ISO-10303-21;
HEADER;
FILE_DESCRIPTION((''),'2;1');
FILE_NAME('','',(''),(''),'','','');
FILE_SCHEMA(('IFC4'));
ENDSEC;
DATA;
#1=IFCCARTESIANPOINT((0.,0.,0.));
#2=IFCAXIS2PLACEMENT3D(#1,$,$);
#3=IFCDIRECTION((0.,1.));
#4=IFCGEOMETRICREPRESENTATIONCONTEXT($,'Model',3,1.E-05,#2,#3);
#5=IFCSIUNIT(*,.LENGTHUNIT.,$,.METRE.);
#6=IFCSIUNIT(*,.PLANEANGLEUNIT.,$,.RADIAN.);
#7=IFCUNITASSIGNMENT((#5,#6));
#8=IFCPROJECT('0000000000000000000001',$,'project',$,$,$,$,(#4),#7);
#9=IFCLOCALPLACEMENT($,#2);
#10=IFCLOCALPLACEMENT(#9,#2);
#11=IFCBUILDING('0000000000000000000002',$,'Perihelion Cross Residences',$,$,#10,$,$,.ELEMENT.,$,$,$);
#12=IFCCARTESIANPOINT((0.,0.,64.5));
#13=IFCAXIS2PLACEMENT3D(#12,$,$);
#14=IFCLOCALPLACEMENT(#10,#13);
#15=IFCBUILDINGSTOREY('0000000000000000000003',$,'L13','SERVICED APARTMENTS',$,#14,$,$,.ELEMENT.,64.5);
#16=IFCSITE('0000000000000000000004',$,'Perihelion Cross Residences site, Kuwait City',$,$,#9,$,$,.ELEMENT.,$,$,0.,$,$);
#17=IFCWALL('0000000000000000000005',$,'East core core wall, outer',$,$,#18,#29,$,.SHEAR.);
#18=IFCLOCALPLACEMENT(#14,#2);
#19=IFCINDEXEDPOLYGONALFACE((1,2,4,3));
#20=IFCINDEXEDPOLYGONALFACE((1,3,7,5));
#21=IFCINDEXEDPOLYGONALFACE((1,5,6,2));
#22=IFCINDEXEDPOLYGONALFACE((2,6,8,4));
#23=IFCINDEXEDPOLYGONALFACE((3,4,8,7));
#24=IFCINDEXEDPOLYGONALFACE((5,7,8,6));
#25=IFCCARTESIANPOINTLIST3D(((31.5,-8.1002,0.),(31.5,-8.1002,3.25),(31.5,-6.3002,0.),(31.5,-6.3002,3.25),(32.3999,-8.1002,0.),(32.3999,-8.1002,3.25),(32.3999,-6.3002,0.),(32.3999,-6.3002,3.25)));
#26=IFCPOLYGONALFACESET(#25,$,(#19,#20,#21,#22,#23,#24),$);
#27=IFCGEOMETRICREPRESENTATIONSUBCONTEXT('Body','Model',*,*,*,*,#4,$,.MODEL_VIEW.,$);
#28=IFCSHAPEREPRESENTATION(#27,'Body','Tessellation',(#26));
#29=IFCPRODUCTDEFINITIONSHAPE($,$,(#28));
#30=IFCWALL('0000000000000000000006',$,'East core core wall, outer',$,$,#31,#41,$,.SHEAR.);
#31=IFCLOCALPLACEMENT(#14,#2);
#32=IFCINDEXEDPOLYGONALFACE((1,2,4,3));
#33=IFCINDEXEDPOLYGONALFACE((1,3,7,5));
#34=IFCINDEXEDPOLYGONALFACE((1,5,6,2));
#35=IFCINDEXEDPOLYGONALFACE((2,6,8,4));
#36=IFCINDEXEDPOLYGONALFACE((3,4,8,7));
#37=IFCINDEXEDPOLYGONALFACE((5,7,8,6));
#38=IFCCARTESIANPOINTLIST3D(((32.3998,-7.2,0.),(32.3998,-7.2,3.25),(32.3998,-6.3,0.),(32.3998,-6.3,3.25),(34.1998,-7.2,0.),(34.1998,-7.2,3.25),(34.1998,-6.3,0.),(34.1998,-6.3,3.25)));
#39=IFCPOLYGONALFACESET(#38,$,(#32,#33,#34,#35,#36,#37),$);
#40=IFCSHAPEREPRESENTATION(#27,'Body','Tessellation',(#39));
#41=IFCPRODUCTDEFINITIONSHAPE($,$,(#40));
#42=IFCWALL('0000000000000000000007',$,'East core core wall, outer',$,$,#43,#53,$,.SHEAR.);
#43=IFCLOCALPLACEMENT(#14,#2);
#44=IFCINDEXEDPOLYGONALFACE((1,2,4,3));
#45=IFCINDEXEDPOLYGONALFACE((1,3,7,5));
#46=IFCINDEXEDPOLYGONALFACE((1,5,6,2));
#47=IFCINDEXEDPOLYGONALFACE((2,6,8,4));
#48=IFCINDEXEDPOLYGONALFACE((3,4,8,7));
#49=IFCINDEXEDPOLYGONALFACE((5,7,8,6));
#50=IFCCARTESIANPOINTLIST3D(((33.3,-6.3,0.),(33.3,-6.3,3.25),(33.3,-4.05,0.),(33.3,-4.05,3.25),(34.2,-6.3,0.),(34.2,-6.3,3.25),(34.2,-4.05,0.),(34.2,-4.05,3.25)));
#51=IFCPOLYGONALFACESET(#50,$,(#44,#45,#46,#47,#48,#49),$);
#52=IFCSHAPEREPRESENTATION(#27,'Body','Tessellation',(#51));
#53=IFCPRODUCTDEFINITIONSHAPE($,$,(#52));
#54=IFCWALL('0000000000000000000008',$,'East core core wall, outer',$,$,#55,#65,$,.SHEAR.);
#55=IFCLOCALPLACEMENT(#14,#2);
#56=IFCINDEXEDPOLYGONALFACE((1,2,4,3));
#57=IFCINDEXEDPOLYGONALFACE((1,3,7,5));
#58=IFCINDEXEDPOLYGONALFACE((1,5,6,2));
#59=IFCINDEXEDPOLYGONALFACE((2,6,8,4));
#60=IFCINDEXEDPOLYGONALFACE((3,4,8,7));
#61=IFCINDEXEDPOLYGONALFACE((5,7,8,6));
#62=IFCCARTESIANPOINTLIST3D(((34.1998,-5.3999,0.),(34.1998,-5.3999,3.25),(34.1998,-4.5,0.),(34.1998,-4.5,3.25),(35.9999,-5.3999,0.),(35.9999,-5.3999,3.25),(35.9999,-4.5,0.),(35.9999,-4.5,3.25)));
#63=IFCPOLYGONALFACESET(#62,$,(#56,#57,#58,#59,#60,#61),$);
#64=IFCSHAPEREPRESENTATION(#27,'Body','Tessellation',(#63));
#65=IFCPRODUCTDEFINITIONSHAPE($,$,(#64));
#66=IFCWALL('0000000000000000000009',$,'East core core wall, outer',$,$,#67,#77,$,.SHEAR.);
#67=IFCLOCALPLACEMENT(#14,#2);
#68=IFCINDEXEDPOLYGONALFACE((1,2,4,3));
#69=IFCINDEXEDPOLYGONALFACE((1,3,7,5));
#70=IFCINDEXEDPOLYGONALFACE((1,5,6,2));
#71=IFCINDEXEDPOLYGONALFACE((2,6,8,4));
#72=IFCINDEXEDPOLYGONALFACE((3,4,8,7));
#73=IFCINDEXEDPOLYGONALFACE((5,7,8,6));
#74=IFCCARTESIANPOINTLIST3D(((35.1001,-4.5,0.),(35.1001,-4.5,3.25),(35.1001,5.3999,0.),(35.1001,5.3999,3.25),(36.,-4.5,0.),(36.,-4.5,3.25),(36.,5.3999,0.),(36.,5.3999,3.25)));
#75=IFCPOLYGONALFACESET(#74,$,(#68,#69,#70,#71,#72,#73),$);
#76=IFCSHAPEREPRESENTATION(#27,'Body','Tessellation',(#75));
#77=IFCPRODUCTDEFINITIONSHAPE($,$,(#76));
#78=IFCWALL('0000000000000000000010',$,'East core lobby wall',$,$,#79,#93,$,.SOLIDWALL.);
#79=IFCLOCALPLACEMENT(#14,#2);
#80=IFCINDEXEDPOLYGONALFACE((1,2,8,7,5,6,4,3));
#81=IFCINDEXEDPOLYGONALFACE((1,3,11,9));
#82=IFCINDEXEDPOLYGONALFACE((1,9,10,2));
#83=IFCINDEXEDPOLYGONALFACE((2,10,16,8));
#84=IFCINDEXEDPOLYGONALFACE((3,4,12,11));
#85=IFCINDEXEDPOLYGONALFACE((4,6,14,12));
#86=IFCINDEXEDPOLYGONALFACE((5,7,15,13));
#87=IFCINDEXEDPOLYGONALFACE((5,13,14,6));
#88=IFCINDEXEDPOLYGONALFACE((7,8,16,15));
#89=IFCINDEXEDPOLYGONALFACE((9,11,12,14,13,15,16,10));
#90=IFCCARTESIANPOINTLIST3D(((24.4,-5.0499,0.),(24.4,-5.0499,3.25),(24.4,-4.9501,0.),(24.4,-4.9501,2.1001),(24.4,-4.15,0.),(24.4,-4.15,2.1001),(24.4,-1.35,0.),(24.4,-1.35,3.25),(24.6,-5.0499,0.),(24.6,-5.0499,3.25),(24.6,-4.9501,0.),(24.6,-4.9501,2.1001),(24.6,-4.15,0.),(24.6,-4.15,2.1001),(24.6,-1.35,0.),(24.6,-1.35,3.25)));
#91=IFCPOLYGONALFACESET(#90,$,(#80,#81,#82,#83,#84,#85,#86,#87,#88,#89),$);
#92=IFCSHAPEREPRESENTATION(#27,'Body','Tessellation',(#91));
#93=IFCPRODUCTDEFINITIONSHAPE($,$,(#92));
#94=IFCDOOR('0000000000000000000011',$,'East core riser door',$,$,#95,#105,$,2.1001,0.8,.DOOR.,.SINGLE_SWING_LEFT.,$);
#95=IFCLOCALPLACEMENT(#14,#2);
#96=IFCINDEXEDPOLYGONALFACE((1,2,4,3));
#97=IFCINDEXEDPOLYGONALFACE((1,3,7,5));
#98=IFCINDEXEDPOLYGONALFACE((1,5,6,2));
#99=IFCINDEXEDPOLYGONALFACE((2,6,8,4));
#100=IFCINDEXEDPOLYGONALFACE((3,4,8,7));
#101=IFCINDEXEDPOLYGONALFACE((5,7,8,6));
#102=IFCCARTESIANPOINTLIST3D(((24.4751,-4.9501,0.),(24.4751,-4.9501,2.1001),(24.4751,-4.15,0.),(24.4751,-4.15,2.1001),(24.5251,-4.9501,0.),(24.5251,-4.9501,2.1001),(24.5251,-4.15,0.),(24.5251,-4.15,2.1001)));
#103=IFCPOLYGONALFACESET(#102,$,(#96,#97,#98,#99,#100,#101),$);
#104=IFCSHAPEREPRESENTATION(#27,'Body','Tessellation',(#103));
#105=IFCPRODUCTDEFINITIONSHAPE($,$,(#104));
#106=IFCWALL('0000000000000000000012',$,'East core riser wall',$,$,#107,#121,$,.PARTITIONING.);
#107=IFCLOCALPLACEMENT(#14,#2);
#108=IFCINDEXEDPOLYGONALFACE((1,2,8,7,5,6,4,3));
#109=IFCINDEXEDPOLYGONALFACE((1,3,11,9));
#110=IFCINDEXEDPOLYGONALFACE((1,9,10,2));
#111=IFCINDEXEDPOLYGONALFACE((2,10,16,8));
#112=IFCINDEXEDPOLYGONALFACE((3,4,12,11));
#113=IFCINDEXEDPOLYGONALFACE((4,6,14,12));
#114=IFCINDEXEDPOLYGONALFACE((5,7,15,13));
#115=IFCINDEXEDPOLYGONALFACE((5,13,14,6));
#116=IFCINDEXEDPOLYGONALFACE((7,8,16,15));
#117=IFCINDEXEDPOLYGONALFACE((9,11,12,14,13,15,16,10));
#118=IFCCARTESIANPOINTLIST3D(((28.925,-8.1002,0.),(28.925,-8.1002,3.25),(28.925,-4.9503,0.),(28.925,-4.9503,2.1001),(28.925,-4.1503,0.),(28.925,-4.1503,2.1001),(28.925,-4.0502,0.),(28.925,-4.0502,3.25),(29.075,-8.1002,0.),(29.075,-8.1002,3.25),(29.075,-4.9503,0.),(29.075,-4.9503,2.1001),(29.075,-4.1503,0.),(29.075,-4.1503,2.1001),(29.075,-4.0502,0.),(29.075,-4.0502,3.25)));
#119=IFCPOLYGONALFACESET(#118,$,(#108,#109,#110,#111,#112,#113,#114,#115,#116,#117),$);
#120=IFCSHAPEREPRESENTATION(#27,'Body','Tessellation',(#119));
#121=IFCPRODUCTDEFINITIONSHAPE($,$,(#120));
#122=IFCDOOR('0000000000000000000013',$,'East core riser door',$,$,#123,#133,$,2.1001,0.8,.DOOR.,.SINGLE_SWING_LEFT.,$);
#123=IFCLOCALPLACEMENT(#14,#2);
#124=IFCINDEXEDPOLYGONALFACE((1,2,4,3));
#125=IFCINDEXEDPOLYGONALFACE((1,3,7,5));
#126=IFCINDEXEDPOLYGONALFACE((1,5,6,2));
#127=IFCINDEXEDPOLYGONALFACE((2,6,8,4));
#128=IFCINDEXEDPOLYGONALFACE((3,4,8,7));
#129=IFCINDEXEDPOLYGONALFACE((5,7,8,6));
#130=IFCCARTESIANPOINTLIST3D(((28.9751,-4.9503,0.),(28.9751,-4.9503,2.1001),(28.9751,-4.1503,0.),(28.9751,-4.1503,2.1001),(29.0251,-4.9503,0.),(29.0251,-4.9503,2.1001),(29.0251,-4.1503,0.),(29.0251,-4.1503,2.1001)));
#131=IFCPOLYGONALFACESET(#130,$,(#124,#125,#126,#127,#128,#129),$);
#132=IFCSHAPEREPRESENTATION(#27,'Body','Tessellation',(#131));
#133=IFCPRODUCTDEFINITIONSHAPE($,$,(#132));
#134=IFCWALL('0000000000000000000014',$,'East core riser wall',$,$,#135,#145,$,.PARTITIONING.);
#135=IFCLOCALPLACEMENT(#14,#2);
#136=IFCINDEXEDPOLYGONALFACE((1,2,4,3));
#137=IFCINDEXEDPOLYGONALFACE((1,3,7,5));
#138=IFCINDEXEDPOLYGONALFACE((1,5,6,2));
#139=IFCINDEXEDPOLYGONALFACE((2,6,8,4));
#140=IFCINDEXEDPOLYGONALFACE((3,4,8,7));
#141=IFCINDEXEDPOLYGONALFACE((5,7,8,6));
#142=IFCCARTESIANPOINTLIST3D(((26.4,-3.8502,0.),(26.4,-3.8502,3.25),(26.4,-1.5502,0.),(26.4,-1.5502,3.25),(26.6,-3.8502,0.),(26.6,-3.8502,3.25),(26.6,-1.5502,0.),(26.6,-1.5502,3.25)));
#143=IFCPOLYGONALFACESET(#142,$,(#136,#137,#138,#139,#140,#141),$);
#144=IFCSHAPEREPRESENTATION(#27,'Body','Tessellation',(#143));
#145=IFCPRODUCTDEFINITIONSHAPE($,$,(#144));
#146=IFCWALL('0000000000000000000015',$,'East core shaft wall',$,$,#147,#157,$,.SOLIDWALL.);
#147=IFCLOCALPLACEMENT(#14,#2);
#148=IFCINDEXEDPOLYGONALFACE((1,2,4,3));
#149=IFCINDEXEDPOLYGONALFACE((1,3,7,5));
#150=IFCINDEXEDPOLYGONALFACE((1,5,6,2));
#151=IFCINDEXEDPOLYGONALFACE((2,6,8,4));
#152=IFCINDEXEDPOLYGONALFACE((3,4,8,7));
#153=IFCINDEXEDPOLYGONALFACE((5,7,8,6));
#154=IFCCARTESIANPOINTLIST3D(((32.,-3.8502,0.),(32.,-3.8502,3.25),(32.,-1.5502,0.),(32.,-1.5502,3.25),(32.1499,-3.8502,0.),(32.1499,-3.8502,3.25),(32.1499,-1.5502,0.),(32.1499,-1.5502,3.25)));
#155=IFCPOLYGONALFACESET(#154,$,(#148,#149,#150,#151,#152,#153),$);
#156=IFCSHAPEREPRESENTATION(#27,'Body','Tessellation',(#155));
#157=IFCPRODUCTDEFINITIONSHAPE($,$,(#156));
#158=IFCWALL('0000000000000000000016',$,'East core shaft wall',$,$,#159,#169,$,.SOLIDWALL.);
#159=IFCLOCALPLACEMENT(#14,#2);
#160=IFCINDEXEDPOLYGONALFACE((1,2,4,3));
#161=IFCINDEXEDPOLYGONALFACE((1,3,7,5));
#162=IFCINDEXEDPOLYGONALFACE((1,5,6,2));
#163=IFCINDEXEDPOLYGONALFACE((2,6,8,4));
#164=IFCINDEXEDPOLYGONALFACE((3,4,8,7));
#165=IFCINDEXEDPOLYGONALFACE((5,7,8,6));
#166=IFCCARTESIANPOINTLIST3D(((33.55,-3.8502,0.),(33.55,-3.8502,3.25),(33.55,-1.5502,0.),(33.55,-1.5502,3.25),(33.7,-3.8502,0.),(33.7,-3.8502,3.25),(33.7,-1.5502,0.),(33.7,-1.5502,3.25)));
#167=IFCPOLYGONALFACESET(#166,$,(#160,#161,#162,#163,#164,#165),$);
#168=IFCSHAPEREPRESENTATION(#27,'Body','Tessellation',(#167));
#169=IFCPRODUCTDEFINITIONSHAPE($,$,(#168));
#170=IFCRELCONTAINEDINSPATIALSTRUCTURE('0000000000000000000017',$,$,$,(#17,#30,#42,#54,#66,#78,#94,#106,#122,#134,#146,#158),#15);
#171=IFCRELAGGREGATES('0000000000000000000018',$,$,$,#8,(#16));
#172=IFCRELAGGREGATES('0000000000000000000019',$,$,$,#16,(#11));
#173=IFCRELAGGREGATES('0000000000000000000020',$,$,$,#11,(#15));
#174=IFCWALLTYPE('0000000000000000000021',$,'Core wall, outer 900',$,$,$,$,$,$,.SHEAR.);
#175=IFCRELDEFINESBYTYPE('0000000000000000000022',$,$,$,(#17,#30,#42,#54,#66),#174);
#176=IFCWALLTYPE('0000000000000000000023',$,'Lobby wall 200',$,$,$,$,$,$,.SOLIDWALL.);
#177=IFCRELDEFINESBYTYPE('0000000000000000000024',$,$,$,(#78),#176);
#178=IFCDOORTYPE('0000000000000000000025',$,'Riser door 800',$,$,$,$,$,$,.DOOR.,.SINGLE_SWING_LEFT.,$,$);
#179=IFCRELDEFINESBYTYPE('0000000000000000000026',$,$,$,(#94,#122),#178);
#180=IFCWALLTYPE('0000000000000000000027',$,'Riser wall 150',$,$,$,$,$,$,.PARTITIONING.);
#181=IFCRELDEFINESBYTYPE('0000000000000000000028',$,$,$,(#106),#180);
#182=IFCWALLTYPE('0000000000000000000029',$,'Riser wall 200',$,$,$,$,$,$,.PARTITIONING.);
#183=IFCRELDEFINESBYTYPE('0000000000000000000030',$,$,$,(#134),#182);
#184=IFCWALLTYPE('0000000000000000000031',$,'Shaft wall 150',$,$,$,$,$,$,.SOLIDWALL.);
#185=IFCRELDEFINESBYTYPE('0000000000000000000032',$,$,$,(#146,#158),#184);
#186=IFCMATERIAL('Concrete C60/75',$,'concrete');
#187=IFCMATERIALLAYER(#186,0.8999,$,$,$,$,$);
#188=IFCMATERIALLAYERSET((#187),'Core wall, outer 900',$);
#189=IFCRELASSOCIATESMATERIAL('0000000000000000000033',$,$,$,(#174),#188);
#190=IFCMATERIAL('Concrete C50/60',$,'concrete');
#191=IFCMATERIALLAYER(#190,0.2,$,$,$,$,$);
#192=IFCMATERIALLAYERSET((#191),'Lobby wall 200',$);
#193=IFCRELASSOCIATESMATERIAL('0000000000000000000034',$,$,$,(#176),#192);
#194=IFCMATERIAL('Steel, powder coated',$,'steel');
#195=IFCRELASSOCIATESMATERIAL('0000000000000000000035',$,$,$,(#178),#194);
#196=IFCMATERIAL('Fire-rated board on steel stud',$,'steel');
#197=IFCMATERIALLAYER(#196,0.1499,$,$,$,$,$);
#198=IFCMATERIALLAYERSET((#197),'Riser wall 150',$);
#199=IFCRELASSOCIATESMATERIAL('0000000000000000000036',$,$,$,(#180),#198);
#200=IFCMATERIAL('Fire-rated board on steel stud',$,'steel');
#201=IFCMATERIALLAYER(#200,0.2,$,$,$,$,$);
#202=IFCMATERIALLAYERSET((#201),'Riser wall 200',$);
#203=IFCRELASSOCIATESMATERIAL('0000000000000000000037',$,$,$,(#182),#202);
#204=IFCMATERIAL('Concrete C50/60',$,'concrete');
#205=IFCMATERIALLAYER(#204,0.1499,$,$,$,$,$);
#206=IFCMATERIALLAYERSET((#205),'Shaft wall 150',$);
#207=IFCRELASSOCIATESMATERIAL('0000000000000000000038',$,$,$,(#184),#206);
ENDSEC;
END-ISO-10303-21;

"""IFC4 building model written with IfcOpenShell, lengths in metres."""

from ifc_helpers import new_model, si_unit, direction, frame, frame_2d, origin, place, context, subcontext, project, spatial, rectangle, extrude, material, layer, layer_set, type_object, element, fill, save


model = new_model("IFC4")

# Units and contexts
model_context = context("Model", 3, precision=1e-05, world=origin(), true_north=direction((0.0, 1.0)))
body_context = subcontext(model_context, "Body", "Model", "MODEL_VIEW")
ifc_project = project(units=[si_unit("LENGTHUNIT", "METRE"), si_unit("PLANEANGLEUNIT", "RADIAN")], contexts=[model_context])

# Site, building, storey
site_placement = place(None, origin())
site = spatial("IfcSite", under=ifc_project, at=site_placement, Name="Perihelion Cross Residences site, Kuwait City", CompositionType="ELEMENT", RefElevation=0.0)
building_placement = place(site_placement, origin())
building = spatial("IfcBuilding", under=site, at=building_placement, Name="Perihelion Cross Residences", CompositionType="ELEMENT")
storey_placement = place(building_placement, frame((0.0, 0.0, 64.5)))
storey = spatial("IfcBuildingStorey", under=building, at=storey_placement, Name="L13", Description="SERVICED APARTMENTS", CompositionType="ELEMENT", Elevation=64.5)

# Walls
ifc_material_1 = material(Name="Concrete C60/75", Category="concrete")
ifc_layer_1 = layer(ifc_material_1, 0.8999)
ifc_layer_set_1 = layer_set([ifc_layer_1], Name="Core wall, outer 900")
wall_type_1 = type_object("IfcWallType", Name="Core wall, outer 900", PredefinedType="SHEAR", material=ifc_layer_set_1)
for number, where, z_axis, x_axis, name in (
    (1, (31.95, -8.1001, 0.0), (0.0, 0.0, 1.0), (0.0, 1.0, 0.0), "East core core wall, outer"),
    (2, (32.3999, -6.75, 0.0), (0.0, 0.0, 1.0), (1.0, 0.0, 0.0), "East core core wall, outer"),
):
    element("IfcWall", number, at=place(storey_placement, frame(where, z_axis=z_axis, x_axis=x_axis)), inside=storey, type_object=wall_type_1, Name=name, PredefinedType="SHEAR", context=body_context, shape_type="SweptSolid", body=[
        extrude(rectangle(XDim=1.8, YDim=0.8999, at=frame_2d((0.8999, 0.0))), origin(), (0.0, 0.0, 1.0), 3.25),
    ])
wall_1_placement = place(storey_placement, frame((33.75, -6.3, 0.0), z_axis=(0.0, 0.0, 1.0), x_axis=(0.0, 1.0, 0.0)))
element("IfcWall", 3, at=wall_1_placement, inside=storey, type_object=wall_type_1, Name="East core core wall, outer", PredefinedType="SHEAR", context=body_context, shape_type="SweptSolid", body=[
    extrude(rectangle(XDim=2.25, YDim=0.8999, at=frame_2d((1.125, 0.0))), origin(), (0.0, 0.0, 1.0), 3.25),
])
wall_2_placement = place(storey_placement, frame((34.2, -4.95, 0.0), z_axis=(0.0, 0.0, 1.0), x_axis=(1.0, 0.0, 0.0)))
element("IfcWall", 4, at=wall_2_placement, inside=storey, type_object=wall_type_1, Name="East core core wall, outer", PredefinedType="SHEAR", context=body_context, shape_type="SweptSolid", body=[
    extrude(rectangle(XDim=1.8, YDim=0.8999, at=frame_2d((0.8999, 0.0))), origin(), (0.0, 0.0, 1.0), 3.25),
])
wall_3_placement = place(storey_placement, frame((35.55, -4.5, 0.0), z_axis=(0.0, 0.0, 1.0), x_axis=(0.0, 1.0, 0.0)))
element("IfcWall", 5, at=wall_3_placement, inside=storey, type_object=wall_type_1, Name="East core core wall, outer", PredefinedType="SHEAR", context=body_context, shape_type="SweptSolid", body=[
    extrude(rectangle(XDim=9.8999, YDim=0.8999, at=frame_2d((4.95, 0.0))), origin(), (0.0, 0.0, 1.0), 3.25),
])

# Walls, openings, doors
ifc_material_2 = material(Name="Concrete C50/60", Category="concrete")
ifc_layer_2 = layer(ifc_material_2, 0.2)
ifc_layer_set_2 = layer_set([ifc_layer_2], Name="Lobby wall 200")
wall_type_2 = type_object("IfcWallType", Name="Lobby wall 200", PredefinedType="SOLIDWALL", material=ifc_layer_set_2)
wall_4_placement = place(storey_placement, frame((24.5, -5.05, 0.0), z_axis=(0.0, 0.0, 1.0), x_axis=(0.0, 1.0, 0.0)))
wall_4 = element("IfcWall", 6, at=wall_4_placement, inside=storey, type_object=wall_type_2, Name="East core lobby wall", PredefinedType="SOLIDWALL", context=body_context, shape_type="SweptSolid", body=[
    extrude(rectangle(XDim=3.7, YDim=0.2, at=frame_2d((1.8501, 0.0))), origin(), (0.0, 0.0, 1.0), 3.25),
])
opening_1_placement = place(wall_4_placement, frame((0.1001, 0.0, 0.0)))
opening_1 = element("IfcOpeningElement", 7, at=opening_1_placement, cuts=wall_4, PredefinedType="OPENING", context=body_context, shape_type="SweptSolid", body=[
    extrude(rectangle(XDim=0.8, YDim=2.1001, at=frame_2d((0.3999, 1.05))), frame((0.0, 0.1099, 0.0), z_axis=(0.0, -1.0, 0.0), x_axis=(1.0, 0.0, 0.0)), (0.0, 0.0, 1.0), 0.22),
])
ifc_material_3 = material(Name="Steel, powder coated", Category="steel")
door_type_1 = type_object("IfcDoorType", Name="Riser door 800", OperationType="SINGLE_SWING_LEFT", PredefinedType="DOOR", material=ifc_material_3)
door_1_placement = place(opening_1_placement, origin())
door_1 = element("IfcDoor", 8, at=door_1_placement, inside=storey, type_object=door_type_1, Name="East core riser door", OperationType="SINGLE_SWING_LEFT", OverallHeight=2.1001, OverallWidth=0.8, PredefinedType="DOOR", context=body_context, shape_type="SweptSolid", body=[
    extrude(rectangle(XDim=0.8, YDim=2.1001, at=frame_2d((0.3999, 1.05))), frame((0.0, 0.0249, 0.0), z_axis=(0.0, -1.0, 0.0), x_axis=(1.0, 0.0, 0.0)), (0.0, 0.0, 1.0), 0.05),
])
fill(opening_1, door_1)
ifc_material_4 = material(Name="Fire-rated board on steel stud", Category="steel")
ifc_layer_3 = layer(ifc_material_4, 0.1499)
ifc_layer_set_3 = layer_set([ifc_layer_3], Name="Riser wall 150")
wall_type_3 = type_object("IfcWallType", Name="Riser wall 150", PredefinedType="PARTITIONING", material=ifc_layer_set_3)
wall_5_placement = place(storey_placement, frame((29.0, -8.1001, 0.0), z_axis=(0.0, 0.0, 1.0), x_axis=(0.0, 1.0, 0.0)))
wall_5 = element("IfcWall", 9, at=wall_5_placement, inside=storey, type_object=wall_type_3, Name="East core riser wall", PredefinedType="PARTITIONING", context=body_context, shape_type="SweptSolid", body=[
    extrude(rectangle(XDim=4.05, YDim=0.1499, at=frame_2d((2.0249, 0.0))), origin(), (0.0, 0.0, 1.0), 3.25),
])
opening_2_placement = place(wall_5_placement, frame((3.1499, 0.0, 0.0)))
opening_2 = element("IfcOpeningElement", 10, at=opening_2_placement, cuts=wall_5, PredefinedType="OPENING", context=body_context, shape_type="SweptSolid", body=[
    extrude(rectangle(XDim=0.8, YDim=2.1001, at=frame_2d((0.3999, 1.05))), frame((0.0, 0.085, 0.0), z_axis=(0.0, -1.0, 0.0), x_axis=(1.0, 0.0, 0.0)), (0.0, 0.0, 1.0), 0.1699),
])
door_2_placement = place(opening_2_placement, origin())
door_2 = element("IfcDoor", 11, at=door_2_placement, inside=storey, type_object=door_type_1, Name="East core riser door", OperationType="SINGLE_SWING_LEFT", OverallHeight=2.1001, OverallWidth=0.8, PredefinedType="DOOR", context=body_context, shape_type="SweptSolid", body=[
    extrude(rectangle(XDim=0.8, YDim=2.1001, at=frame_2d((0.3999, 1.05))), frame((0.0, 0.0249, 0.0), z_axis=(0.0, -1.0, 0.0), x_axis=(1.0, 0.0, 0.0)), (0.0, 0.0, 1.0), 0.05),
])
fill(opening_2, door_2)

# Walls
ifc_material_5 = material(Name="Fire-rated board on steel stud", Category="steel")
ifc_layer_4 = layer(ifc_material_5, 0.2)
ifc_layer_set_4 = layer_set([ifc_layer_4], Name="Riser wall 200")
wall_type_4 = type_object("IfcWallType", Name="Riser wall 200", PredefinedType="PARTITIONING", material=ifc_layer_set_4)
wall_6_placement = place(storey_placement, frame((26.5, -3.8501, 0.0), z_axis=(0.0, 0.0, 1.0), x_axis=(0.0, 1.0, 0.0)))
element("IfcWall", 12, at=wall_6_placement, inside=storey, type_object=wall_type_4, Name="East core riser wall", PredefinedType="PARTITIONING", context=body_context, shape_type="SweptSolid", body=[
    extrude(rectangle(XDim=2.3, YDim=0.2, at=frame_2d((1.1499, 0.0))), origin(), (0.0, 0.0, 1.0), 3.25),
])
ifc_material_6 = material(Name="Concrete C50/60", Category="concrete")
ifc_layer_5 = layer(ifc_material_6, 0.1499)
ifc_layer_set_5 = layer_set([ifc_layer_5], Name="Shaft wall 150")
wall_type_5 = type_object("IfcWallType", Name="Shaft wall 150", PredefinedType="SOLIDWALL", material=ifc_layer_set_5)
for number, where, z_axis, x_axis, name in (
    (13, (32.075, -3.8501, 0.0), (0.0, 0.0, 1.0), (0.0, 1.0, 0.0), "East core shaft wall"),
    (14, (33.625, -3.8501, 0.0), (0.0, 0.0, 1.0), (0.0, 1.0, 0.0), "East core shaft wall"),
):
    element("IfcWall", number, at=place(storey_placement, frame(where, z_axis=z_axis, x_axis=x_axis)), inside=storey, type_object=wall_type_5, Name=name, PredefinedType="SOLIDWALL", context=body_context, shape_type="SweptSolid", body=[
        extrude(rectangle(XDim=2.3, YDim=0.1499, at=frame_2d((1.1499, 0.0))), origin(), (0.0, 0.0, 1.0), 3.25),
    ])

save(model, "model.ifc")
